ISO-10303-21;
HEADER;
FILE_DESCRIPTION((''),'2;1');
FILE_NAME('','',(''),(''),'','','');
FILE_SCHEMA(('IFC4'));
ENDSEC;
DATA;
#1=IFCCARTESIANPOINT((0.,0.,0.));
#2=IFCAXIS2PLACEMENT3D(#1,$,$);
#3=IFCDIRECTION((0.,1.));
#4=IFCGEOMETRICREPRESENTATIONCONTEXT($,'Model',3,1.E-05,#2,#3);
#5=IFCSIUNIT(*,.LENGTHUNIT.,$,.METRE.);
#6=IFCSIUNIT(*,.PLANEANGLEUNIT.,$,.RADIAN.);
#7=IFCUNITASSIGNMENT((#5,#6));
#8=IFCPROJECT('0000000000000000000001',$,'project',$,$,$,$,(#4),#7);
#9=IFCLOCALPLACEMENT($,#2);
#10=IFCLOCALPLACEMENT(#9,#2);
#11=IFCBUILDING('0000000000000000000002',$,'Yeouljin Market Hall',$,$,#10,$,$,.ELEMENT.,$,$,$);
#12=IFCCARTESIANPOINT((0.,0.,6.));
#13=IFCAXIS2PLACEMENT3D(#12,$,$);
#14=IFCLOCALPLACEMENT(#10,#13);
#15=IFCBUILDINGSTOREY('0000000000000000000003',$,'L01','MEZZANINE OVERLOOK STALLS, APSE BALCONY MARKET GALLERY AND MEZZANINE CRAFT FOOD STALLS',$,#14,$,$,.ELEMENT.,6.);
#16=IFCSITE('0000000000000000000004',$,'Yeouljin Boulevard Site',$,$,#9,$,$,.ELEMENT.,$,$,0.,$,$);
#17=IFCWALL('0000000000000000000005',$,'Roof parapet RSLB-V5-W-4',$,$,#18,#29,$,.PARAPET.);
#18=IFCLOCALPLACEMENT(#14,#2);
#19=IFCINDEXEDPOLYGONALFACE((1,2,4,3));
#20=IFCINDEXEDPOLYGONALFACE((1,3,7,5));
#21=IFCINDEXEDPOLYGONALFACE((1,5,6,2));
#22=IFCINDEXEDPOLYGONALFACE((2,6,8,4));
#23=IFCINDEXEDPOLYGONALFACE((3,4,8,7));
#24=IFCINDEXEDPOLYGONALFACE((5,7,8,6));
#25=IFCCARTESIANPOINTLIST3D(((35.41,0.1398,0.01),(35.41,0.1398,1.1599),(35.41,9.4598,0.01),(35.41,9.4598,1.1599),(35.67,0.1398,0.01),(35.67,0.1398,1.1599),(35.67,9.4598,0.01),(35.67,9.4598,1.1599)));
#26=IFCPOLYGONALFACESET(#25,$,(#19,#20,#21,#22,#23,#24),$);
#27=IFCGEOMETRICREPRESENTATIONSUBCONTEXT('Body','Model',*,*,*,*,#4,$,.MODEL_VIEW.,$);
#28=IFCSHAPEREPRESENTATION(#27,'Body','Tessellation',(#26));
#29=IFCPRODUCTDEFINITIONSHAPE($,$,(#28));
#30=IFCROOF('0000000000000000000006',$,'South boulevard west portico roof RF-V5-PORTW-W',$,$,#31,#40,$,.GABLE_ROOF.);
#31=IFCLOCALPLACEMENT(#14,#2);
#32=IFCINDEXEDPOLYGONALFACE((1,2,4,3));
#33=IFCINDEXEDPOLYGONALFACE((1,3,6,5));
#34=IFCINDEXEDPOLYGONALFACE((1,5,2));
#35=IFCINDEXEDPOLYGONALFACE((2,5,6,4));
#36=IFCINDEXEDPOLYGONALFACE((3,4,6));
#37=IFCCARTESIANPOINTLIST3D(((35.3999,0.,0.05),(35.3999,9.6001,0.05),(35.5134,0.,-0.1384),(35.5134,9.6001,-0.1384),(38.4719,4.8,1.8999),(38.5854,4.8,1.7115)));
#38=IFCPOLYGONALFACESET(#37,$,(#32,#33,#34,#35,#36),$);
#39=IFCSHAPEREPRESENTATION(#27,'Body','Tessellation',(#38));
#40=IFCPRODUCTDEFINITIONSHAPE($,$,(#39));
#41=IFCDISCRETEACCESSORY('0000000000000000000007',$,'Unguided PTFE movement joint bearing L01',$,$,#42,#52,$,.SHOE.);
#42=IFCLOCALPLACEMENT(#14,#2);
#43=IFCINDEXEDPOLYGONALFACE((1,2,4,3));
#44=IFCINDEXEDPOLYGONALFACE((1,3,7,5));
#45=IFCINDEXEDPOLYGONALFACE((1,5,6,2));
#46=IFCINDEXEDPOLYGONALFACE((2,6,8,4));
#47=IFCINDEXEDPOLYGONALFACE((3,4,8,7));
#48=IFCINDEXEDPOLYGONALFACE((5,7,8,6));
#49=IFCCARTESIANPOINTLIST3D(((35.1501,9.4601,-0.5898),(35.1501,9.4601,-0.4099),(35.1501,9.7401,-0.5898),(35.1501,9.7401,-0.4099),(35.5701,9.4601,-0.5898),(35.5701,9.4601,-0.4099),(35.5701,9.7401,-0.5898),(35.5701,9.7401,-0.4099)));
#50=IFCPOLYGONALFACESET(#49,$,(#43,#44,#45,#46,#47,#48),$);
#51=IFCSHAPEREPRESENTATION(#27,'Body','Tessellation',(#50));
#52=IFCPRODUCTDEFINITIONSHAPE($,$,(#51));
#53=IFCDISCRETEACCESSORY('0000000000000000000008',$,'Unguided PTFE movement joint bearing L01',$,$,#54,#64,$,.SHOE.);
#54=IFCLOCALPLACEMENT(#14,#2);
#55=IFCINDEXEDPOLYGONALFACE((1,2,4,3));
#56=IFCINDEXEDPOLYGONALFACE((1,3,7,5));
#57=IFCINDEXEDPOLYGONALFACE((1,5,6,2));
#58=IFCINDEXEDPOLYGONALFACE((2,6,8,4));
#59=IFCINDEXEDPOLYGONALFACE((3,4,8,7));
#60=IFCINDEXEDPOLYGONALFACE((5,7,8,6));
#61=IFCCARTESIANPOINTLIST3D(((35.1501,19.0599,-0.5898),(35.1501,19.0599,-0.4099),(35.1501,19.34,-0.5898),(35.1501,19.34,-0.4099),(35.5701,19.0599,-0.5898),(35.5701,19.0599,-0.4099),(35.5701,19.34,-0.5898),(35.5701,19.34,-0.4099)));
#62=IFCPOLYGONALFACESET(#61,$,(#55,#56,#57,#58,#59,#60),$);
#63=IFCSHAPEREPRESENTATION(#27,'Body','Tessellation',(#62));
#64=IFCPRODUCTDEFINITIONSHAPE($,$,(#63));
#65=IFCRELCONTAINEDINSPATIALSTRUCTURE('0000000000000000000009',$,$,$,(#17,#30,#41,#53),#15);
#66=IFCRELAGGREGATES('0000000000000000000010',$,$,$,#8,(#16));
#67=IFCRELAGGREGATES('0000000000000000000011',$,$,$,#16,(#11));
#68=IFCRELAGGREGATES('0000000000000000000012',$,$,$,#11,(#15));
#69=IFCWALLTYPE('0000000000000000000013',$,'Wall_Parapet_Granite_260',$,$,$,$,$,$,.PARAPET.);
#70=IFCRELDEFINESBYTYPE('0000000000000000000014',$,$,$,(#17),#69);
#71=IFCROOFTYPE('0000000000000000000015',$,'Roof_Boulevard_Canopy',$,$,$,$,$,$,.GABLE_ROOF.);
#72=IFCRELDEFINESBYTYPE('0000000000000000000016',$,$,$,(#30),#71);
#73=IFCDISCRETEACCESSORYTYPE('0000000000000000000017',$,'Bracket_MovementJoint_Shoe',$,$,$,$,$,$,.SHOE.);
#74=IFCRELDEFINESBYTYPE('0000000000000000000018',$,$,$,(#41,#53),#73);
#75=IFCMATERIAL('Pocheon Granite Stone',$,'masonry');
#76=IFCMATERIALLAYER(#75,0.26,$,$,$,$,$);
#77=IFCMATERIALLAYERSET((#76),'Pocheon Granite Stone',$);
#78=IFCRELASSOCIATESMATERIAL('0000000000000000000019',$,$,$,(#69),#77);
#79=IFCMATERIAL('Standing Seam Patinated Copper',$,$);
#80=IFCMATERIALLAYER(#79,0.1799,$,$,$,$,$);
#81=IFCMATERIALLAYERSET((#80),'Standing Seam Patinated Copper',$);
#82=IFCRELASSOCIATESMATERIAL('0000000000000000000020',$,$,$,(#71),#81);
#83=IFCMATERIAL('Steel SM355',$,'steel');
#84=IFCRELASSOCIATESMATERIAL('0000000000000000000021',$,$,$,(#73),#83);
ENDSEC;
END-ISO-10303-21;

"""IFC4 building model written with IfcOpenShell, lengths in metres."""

from ifc_helpers import new_model, si_unit, direction, frame, frame_2d, origin, origin_2d, place, context, subcontext, project, spatial, polyline, rectangle, outline, extrude, material, layer, layer_set, type_object, element, save


model = new_model("IFC4")

# Units and contexts
model_context = context("Model", 3, precision=1e-05, world=origin(), true_north=direction((0.0, 1.0)))
body_context = subcontext(model_context, "Body", "Model", "MODEL_VIEW")
ifc_project = project(units=[si_unit("LENGTHUNIT", "METRE"), si_unit("PLANEANGLEUNIT", "RADIAN")], contexts=[model_context])

# Site, building, storey
site_placement = place(None, origin())
site = spatial("IfcSite", under=ifc_project, at=site_placement, Name="Yeouljin Boulevard Site", CompositionType="ELEMENT", RefElevation=0.0)
building_placement = place(site_placement, origin())
building = spatial("IfcBuilding", under=site, at=building_placement, Name="Yeouljin Market Hall", CompositionType="ELEMENT")
storey_placement = place(building_placement, frame((0.0, 0.0, 6.0)))
storey = spatial("IfcBuildingStorey", under=building, at=storey_placement, Name="L01", Description="MEZZANINE OVERLOOK STALLS, APSE BALCONY MARKET GALLERY AND MEZZANINE CRAFT FOOD STALLS", CompositionType="ELEMENT", Elevation=6.0)

# Wall
ifc_material_1 = material(Name="Pocheon Granite Stone", Category="masonry")
ifc_layer_1 = layer(ifc_material_1, 0.26)
ifc_layer_set_1 = layer_set([ifc_layer_1], Name="Pocheon Granite Stone")
wall_type_1 = type_object("IfcWallType", Name="Wall_Parapet_Granite_260", PredefinedType="PARAPET", material=ifc_layer_set_1)
wall_1_placement = place(storey_placement, frame((35.54, 9.46, 0.01), z_axis=(0.0, 0.0, 1.0), x_axis=(0.0, -1.0, 0.0)))
element("IfcWall", 1, at=wall_1_placement, inside=storey, type_object=wall_type_1, Name="Roof parapet RSLB-V5-W-4", PredefinedType="PARAPET", context=body_context, shape_type="SweptSolid", body=[
    extrude(rectangle(XDim=9.3201, YDim=0.26, at=frame_2d((4.6602, 0.0))), origin(), (0.0, 0.0, 1.0), 1.1499),
])

# Roof
ifc_material_2 = material(Name="Standing Seam Patinated Copper")
ifc_layer_2 = layer(ifc_material_2, 0.1799)
ifc_layer_set_2 = layer_set([ifc_layer_2], Name="Standing Seam Patinated Copper")
roof_type = type_object("IfcRoofType", Name="Roof_Boulevard_Canopy", PredefinedType="GABLE_ROOF", material=ifc_layer_set_2)
roof_placement = place(storey_placement, frame((35.3999, 9.6001, 0.05), z_axis=(-0.515857, 0.0, 0.856675), x_axis=(0.0, -1.0, 0.0)))
element("IfcRoof", 2, at=roof_placement, inside=storey, type_object=roof_type, Name="South boulevard west portico roof RF-V5-PORTW-W", PredefinedType="GABLE_ROOF", context=body_context, shape_type="SweptSolid", body=[
    extrude(outline(polyline([(0.0, 0.0), (9.6001, 0.0), (4.8, 3.586), (0.0, 0.0)])), origin(), (0.0, 0.0, -1.0), 0.22),
])

# Discrete accessories
ifc_material_3 = material(Name="Steel SM355", Category="steel")
discrete_accessory_type = type_object("IfcDiscreteAccessoryType", Name="Bracket_MovementJoint_Shoe", PredefinedType="SHOE", material=ifc_material_3)
for number, where, z_axis, x_axis, name in (
    (3, (35.3601, 9.6001, -0.5898), (0.0, 0.0, 1.0), (1.0, 0.0, 0.0), "Unguided PTFE movement joint bearing L01"),
    (4, (35.3601, 19.2, -0.5898), (0.0, 0.0, 1.0), (1.0, 0.0, 0.0), "Unguided PTFE movement joint bearing L01"),
):
    element("IfcDiscreteAccessory", number, at=place(storey_placement, frame(where, z_axis=z_axis, x_axis=x_axis)), inside=storey, type_object=discrete_accessory_type, Name=name, PredefinedType="SHOE", context=body_context, shape_type="SweptSolid", body=[
        extrude(rectangle(XDim=0.4199, YDim=0.28, at=origin_2d()), origin(), (0.0, 0.0, 1.0), 0.1799),
    ])

save(model, "model.ifc")
